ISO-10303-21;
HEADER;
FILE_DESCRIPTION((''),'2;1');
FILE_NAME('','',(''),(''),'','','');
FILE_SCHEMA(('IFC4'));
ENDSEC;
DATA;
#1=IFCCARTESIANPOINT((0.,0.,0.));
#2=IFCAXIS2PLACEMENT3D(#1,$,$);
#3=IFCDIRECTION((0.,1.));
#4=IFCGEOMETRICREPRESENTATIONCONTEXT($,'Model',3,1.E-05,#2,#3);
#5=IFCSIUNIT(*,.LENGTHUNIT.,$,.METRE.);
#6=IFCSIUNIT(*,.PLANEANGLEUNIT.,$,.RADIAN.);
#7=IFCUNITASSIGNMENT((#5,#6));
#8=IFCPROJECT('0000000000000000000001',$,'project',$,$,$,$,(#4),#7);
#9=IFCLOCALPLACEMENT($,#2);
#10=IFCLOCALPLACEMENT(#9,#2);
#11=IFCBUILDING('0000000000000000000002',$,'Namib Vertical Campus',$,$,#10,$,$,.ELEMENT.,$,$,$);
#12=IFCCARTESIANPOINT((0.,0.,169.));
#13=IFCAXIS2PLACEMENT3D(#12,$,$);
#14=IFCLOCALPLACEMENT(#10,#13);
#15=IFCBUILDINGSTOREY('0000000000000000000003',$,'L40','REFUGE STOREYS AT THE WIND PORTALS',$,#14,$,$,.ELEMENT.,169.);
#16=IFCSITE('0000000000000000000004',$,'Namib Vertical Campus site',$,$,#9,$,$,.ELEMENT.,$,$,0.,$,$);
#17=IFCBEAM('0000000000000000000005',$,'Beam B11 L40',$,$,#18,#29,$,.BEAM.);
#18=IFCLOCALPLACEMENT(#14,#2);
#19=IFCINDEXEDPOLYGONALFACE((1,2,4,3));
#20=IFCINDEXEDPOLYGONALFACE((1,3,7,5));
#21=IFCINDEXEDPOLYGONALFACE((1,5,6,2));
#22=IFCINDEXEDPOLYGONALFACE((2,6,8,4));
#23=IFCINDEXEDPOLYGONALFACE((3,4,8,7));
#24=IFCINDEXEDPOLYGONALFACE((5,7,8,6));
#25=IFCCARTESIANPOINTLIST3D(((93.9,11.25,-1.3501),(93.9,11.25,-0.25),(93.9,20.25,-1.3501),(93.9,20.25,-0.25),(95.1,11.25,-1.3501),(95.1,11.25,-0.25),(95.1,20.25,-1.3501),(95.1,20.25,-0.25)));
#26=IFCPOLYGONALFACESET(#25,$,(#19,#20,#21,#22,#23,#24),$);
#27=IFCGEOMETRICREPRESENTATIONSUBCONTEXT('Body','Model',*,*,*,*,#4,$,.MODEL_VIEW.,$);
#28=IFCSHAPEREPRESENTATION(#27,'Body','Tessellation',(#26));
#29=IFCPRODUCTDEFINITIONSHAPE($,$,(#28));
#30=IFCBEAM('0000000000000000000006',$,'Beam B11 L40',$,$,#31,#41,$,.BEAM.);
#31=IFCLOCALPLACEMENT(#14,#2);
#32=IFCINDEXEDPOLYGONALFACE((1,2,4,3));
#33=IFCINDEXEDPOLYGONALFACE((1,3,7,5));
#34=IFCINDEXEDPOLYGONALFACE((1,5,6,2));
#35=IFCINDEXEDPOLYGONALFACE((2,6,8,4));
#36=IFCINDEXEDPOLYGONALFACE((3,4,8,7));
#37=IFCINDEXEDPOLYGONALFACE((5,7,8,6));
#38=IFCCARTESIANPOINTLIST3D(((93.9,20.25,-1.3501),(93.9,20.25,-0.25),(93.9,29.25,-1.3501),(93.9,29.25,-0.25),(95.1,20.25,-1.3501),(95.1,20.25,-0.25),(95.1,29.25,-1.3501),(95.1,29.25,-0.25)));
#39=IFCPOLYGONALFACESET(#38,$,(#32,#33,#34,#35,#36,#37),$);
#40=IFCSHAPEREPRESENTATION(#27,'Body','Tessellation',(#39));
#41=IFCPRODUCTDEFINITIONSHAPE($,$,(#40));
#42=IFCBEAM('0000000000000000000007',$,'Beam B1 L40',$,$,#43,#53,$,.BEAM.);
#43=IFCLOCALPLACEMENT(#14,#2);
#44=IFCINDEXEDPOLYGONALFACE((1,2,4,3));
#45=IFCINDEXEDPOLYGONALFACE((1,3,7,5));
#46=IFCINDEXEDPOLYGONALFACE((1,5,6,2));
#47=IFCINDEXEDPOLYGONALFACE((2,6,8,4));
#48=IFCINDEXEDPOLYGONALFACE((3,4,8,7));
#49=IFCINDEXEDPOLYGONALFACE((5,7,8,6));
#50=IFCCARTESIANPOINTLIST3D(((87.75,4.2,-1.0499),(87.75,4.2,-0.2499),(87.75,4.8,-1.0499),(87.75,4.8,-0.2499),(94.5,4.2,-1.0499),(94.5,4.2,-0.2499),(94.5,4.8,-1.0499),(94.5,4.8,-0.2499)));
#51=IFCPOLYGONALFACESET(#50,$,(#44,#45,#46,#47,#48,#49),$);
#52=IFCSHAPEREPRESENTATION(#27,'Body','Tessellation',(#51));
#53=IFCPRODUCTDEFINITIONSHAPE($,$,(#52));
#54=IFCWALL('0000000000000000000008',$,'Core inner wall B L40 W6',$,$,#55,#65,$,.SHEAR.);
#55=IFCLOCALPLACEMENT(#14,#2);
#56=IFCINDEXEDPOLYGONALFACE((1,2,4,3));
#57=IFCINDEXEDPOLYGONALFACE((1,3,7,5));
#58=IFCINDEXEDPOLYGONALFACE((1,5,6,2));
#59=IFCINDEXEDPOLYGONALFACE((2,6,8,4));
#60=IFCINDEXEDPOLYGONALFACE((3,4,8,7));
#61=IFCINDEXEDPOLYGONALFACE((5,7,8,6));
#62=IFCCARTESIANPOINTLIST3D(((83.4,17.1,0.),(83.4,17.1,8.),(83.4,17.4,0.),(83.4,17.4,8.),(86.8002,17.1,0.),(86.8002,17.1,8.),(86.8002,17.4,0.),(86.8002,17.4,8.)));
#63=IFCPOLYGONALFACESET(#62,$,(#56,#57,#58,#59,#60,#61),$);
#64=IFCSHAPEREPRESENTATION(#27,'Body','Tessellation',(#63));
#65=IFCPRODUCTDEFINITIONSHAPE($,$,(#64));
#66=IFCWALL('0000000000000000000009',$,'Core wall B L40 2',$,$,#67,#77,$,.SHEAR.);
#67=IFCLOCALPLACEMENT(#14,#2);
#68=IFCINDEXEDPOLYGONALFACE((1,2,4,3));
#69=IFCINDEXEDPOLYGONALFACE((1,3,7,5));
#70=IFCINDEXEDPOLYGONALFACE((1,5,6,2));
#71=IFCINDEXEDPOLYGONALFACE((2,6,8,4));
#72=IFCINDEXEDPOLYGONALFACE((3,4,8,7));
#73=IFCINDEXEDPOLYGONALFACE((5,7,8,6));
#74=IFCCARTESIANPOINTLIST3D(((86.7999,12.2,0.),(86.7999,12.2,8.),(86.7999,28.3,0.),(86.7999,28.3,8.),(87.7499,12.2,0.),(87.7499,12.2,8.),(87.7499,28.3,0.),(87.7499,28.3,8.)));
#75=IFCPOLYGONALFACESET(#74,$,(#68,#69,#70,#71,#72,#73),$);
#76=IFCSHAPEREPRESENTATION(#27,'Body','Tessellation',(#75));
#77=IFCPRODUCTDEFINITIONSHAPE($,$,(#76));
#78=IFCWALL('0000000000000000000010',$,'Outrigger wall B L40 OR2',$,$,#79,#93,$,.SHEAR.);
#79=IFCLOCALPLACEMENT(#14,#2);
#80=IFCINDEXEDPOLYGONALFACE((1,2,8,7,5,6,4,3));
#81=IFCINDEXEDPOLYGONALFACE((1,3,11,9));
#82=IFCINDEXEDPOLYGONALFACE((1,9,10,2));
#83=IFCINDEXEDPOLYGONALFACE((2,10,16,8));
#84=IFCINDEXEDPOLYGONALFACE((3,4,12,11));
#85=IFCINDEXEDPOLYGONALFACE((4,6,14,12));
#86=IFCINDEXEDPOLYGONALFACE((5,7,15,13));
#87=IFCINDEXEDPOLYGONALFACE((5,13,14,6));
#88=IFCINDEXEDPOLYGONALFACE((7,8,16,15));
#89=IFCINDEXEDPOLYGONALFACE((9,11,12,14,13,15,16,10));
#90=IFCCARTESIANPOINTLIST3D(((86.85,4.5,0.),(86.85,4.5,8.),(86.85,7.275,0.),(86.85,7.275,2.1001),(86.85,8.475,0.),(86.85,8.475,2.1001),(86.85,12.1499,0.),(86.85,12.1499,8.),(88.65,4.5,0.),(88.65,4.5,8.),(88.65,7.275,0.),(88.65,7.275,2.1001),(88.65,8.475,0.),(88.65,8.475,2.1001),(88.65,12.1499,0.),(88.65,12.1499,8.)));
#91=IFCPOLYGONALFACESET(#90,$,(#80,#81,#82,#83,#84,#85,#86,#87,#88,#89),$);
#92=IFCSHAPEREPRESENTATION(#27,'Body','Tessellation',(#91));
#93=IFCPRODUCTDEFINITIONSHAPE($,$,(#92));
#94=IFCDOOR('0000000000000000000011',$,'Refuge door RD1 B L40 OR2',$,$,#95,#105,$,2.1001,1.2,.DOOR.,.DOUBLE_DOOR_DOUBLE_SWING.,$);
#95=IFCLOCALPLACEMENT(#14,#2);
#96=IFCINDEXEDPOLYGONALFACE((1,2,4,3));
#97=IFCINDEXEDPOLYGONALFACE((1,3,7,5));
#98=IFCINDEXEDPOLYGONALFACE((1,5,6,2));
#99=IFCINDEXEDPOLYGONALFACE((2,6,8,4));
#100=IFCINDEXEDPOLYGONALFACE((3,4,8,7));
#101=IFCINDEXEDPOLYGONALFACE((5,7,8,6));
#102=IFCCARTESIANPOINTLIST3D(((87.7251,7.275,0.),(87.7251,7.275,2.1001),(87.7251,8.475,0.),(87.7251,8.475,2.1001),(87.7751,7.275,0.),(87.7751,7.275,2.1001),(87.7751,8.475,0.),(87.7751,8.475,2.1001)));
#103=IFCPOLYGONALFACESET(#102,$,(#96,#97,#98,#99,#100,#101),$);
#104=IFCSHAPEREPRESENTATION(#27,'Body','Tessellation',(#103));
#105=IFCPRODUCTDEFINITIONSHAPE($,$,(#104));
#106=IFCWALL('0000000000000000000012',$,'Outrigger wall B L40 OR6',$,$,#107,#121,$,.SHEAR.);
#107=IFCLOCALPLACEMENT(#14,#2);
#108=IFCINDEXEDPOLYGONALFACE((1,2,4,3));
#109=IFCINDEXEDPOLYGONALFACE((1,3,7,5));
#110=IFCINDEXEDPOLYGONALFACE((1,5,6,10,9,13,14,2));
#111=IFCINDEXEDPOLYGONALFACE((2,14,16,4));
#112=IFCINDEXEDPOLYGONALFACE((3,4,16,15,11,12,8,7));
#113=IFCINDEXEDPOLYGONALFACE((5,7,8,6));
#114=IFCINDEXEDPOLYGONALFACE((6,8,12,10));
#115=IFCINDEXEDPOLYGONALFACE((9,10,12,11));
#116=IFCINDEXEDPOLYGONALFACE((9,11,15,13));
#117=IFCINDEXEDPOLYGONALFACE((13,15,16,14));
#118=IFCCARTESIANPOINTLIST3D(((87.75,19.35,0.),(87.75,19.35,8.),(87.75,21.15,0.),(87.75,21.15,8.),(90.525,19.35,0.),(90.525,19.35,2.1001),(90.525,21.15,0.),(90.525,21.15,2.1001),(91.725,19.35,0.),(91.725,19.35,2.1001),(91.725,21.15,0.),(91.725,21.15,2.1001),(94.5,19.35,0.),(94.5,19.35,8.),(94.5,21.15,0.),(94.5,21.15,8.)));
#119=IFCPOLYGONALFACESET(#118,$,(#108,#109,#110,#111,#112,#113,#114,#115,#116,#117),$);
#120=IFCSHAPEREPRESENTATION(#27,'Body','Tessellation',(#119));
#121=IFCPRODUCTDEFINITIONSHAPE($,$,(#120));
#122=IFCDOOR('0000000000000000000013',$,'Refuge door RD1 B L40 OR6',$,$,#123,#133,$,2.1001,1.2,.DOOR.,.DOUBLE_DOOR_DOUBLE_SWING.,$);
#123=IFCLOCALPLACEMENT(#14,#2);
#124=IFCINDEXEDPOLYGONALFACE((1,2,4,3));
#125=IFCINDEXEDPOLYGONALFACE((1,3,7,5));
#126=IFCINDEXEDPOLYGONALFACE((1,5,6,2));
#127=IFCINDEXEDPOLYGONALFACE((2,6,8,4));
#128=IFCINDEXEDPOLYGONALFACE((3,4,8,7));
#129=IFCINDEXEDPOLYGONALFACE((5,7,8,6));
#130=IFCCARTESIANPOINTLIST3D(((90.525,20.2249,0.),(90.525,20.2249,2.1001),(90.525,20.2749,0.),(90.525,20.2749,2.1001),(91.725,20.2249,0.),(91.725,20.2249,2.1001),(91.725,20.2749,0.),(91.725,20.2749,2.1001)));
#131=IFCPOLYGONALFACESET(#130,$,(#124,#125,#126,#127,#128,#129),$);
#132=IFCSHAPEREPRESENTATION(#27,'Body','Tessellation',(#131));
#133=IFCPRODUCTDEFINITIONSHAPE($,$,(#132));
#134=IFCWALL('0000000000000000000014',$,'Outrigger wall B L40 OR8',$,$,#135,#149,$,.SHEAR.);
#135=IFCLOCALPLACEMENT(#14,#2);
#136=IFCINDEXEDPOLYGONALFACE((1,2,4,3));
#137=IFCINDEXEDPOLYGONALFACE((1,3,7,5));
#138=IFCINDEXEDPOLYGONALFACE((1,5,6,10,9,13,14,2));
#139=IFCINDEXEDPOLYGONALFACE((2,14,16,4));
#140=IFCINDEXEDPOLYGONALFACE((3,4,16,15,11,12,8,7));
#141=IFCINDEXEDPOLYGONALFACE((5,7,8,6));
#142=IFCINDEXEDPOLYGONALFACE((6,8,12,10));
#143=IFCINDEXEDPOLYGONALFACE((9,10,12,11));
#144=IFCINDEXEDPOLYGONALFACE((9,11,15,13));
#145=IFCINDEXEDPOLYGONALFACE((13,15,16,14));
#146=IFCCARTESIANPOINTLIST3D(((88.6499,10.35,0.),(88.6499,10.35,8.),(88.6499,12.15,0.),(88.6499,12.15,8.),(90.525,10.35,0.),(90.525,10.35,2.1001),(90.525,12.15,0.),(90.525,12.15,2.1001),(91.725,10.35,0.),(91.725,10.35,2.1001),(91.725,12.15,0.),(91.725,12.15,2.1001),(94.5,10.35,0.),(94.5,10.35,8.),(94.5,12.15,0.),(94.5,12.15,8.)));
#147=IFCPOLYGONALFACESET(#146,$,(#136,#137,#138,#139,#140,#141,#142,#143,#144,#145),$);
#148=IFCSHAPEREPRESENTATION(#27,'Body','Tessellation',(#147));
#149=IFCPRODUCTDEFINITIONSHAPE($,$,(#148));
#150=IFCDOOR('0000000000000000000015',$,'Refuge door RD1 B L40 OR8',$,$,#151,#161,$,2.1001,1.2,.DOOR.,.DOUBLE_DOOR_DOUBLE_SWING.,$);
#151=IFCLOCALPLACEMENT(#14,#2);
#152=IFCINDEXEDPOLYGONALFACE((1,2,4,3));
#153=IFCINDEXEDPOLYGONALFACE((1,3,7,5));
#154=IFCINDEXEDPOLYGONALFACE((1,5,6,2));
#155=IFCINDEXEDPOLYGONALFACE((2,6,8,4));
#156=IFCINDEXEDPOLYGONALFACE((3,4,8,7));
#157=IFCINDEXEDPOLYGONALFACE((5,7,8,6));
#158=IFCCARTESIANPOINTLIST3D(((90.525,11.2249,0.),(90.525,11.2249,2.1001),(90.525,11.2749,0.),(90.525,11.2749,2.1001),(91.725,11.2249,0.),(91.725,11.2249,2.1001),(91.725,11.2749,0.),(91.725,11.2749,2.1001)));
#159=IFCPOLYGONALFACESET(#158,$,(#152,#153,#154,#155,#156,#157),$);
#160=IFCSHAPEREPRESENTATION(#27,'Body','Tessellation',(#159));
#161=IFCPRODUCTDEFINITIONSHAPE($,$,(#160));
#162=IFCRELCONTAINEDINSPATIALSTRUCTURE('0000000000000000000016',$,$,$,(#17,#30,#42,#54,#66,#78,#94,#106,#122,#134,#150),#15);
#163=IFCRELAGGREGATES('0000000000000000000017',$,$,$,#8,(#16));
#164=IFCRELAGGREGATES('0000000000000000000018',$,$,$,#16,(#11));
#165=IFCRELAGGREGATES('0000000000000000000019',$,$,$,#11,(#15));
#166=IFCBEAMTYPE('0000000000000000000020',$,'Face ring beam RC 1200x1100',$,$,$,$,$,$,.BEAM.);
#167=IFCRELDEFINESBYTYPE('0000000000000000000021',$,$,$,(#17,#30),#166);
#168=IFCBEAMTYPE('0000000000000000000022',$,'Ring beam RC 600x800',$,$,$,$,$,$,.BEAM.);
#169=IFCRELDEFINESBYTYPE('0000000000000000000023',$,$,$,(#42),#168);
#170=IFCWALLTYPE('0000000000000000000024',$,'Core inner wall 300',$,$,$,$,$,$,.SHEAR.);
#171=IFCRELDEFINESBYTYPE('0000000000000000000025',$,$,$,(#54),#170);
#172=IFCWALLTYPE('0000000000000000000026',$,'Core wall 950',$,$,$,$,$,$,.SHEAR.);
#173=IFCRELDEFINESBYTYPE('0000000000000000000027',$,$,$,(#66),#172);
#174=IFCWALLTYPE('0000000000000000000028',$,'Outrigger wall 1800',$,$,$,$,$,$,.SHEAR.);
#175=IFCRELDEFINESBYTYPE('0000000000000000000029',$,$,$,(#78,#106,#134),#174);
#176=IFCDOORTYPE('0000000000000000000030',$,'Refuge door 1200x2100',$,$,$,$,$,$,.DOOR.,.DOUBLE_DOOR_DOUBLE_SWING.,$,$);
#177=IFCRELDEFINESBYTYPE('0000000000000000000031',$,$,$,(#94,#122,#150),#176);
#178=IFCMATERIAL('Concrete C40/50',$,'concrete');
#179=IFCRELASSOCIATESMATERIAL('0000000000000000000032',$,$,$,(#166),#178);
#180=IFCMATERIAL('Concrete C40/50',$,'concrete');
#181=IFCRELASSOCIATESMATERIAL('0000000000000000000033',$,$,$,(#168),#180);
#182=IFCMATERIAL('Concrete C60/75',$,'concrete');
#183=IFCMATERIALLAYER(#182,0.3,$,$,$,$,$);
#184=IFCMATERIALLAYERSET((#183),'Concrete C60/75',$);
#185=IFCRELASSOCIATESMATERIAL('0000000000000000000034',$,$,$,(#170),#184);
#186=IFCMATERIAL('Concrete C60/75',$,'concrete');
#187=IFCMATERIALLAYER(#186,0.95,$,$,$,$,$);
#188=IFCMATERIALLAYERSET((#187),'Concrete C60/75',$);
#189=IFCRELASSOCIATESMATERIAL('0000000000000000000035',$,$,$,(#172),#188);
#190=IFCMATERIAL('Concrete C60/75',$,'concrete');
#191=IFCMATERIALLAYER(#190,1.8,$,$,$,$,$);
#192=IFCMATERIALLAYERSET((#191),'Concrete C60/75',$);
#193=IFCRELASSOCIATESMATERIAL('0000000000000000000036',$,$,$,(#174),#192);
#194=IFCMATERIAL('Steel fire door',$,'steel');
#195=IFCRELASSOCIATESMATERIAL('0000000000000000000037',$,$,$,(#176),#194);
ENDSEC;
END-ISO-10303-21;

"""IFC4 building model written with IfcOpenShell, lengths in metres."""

from ifc_helpers import new_model, si_unit, direction, frame, frame_2d, origin, origin_2d, place, context, subcontext, project, spatial, rectangle, extrude, material, layer, layer_set, material_profile, profile_set, type_object, element, fill, save


model = new_model("IFC4")

# Units and contexts
model_context = context("Model", 3, precision=1e-05, world=origin(), true_north=direction((0.0, 1.0)))
body_context = subcontext(model_context, "Body", "Model", "MODEL_VIEW")
ifc_project = project(units=[si_unit("LENGTHUNIT", "METRE"), si_unit("PLANEANGLEUNIT", "RADIAN")], contexts=[model_context])

# Site, building, storey
site_placement = place(None, origin())
site = spatial("IfcSite", under=ifc_project, at=site_placement, Name="Namib Vertical Campus site", CompositionType="ELEMENT", RefElevation=0.0)
building_placement = place(site_placement, origin())
building = spatial("IfcBuilding", under=site, at=building_placement, Name="Namib Vertical Campus", CompositionType="ELEMENT")
storey_placement = place(building_placement, frame((0.0, 0.0, 169.0)))
storey = spatial("IfcBuildingStorey", under=building, at=storey_placement, Name="L40", Description="REFUGE STOREYS AT THE WIND PORTALS", CompositionType="ELEMENT", Elevation=169.0)

# Beams
ifc_material_1 = material(Name="Concrete C40/50", Category="concrete")
ifc_material_profile_1 = material_profile(ifc_material_1, rectangle(XDim=1.2, YDim=1.1001, at=origin_2d()))
ifc_profile_set_1 = profile_set([ifc_material_profile_1], Name="Concrete C40/50")
beam_type_1 = type_object("IfcBeamType", Name="Face ring beam RC 1200x1100", PredefinedType="BEAM", material=ifc_profile_set_1)
for number, where, z_axis, x_axis, name in (
    (1, (94.5, 11.25, -0.8), (0.0, 1.0, 0.0), (-1.0, 0.0, 0.0), "Beam B11 L40"),
    (2, (94.5, 20.25, -0.8), (0.0, 1.0, 0.0), (-1.0, 0.0, 0.0), "Beam B11 L40"),
):
    element("IfcBeam", number, at=place(storey_placement, frame(where, z_axis=z_axis, x_axis=x_axis)), inside=storey, type_object=beam_type_1, Name=name, PredefinedType="BEAM", context=body_context, shape_type="SweptSolid", body=[
        extrude(rectangle(XDim=1.2, YDim=1.1001, at=origin_2d()), origin(), (0.0, 0.0, 1.0), 9.0),
    ])
ifc_material_2 = material(Name="Concrete C40/50", Category="concrete")
ifc_material_profile_2 = material_profile(ifc_material_2, rectangle(XDim=0.6001, YDim=0.8, at=origin_2d()))
ifc_profile_set_2 = profile_set([ifc_material_profile_2], Name="Concrete C40/50")
beam_type_2 = type_object("IfcBeamType", Name="Ring beam RC 600x800", PredefinedType="BEAM", material=ifc_profile_set_2)
beam_1_placement = place(storey_placement, frame((87.75, 4.5, -0.6499), z_axis=(1.0, 0.0, 0.0), x_axis=(0.0, 1.0, 0.0)))
element("IfcBeam", 3, at=beam_1_placement, inside=storey, type_object=beam_type_2, Name="Beam B1 L40", PredefinedType="BEAM", context=body_context, shape_type="SweptSolid", body=[
    extrude(rectangle(XDim=0.6001, YDim=0.8, at=origin_2d()), origin(), (0.0, 0.0, 1.0), 6.75),
])

# Walls
ifc_material_3 = material(Name="Concrete C60/75", Category="concrete")
ifc_layer_1 = layer(ifc_material_3, 0.3)
ifc_layer_set_1 = layer_set([ifc_layer_1], Name="Concrete C60/75")
wall_type_1 = type_object("IfcWallType", Name="Core inner wall 300", PredefinedType="SHEAR", material=ifc_layer_set_1)
wall_1_placement = place(storey_placement, frame((83.3999, 17.25, 0.0), z_axis=(0.0, 0.0, 1.0), x_axis=(1.0, 0.0, 0.0)))
element("IfcWall", 4, at=wall_1_placement, inside=storey, type_object=wall_type_1, Name="Core inner wall B L40 W6", PredefinedType="SHEAR", context=body_context, shape_type="SweptSolid", body=[
    extrude(rectangle(XDim=3.4001, YDim=0.3, at=frame_2d((1.7002, 0.0))), origin(), (0.0, 0.0, 1.0), 8.0),
])
ifc_material_4 = material(Name="Concrete C60/75", Category="concrete")
ifc_layer_2 = layer(ifc_material_4, 0.95)
ifc_layer_set_2 = layer_set([ifc_layer_2], Name="Concrete C60/75")
wall_type_2 = type_object("IfcWallType", Name="Core wall 950", PredefinedType="SHEAR", material=ifc_layer_set_2)
wall_2_placement = place(storey_placement, frame((87.2749, 12.2, 0.0), z_axis=(0.0, 0.0, 1.0), x_axis=(0.0, 1.0, 0.0)))
element("IfcWall", 5, at=wall_2_placement, inside=storey, type_object=wall_type_2, Name="Core wall B L40 2", PredefinedType="SHEAR", context=body_context, shape_type="SweptSolid", body=[
    extrude(rectangle(XDim=16.1001, YDim=0.95, at=frame_2d((8.05, 0.0))), origin(), (0.0, 0.0, 1.0), 8.0),
])

# Walls, openings, doors
ifc_material_5 = material(Name="Concrete C60/75", Category="concrete")
ifc_layer_3 = layer(ifc_material_5, 1.8)
ifc_layer_set_3 = layer_set([ifc_layer_3], Name="Concrete C60/75")
wall_type_3 = type_object("IfcWallType", Name="Outrigger wall 1800", PredefinedType="SHEAR", material=ifc_layer_set_3)
wall_3_placement = place(storey_placement, frame((87.75, 4.5, 0.0), z_axis=(0.0, 0.0, 1.0), x_axis=(0.0, 1.0, 0.0)))
wall_3 = element("IfcWall", 6, at=wall_3_placement, inside=storey, type_object=wall_type_3, Name="Outrigger wall B L40 OR2", PredefinedType="SHEAR", context=body_context, shape_type="SweptSolid", body=[
    extrude(rectangle(XDim=7.6499, YDim=1.8, at=frame_2d((3.825, 0.0))), origin(), (0.0, 0.0, 1.0), 8.0),
])
opening_1_placement = place(wall_3_placement, frame((2.7749, 0.0, 0.0)))
opening_1 = element("IfcOpeningElement", 7, at=opening_1_placement, cuts=wall_3, PredefinedType="OPENING", context=body_context, shape_type="SweptSolid", body=[
    extrude(rectangle(XDim=1.2, YDim=2.1001, at=frame_2d((0.6001, 1.05))), frame((0.0, 0.9099, 0.0), z_axis=(0.0, -1.0, 0.0), x_axis=(1.0, 0.0, 0.0)), (0.0, 0.0, 1.0), 1.8201),
])
ifc_material_6 = material(Name="Steel fire door", Category="steel")
door_type = type_object("IfcDoorType", Name="Refuge door 1200x2100", OperationType="DOUBLE_DOOR_DOUBLE_SWING", PredefinedType="DOOR", material=ifc_material_6)
door_1_placement = place(opening_1_placement, origin())
door_1 = element("IfcDoor", 8, at=door_1_placement, inside=storey, type_object=door_type, Name="Refuge door RD1 B L40 OR2", OperationType="DOUBLE_DOOR_DOUBLE_SWING", OverallHeight=2.1001, OverallWidth=1.2, PredefinedType="DOOR", context=body_context, shape_type="SweptSolid", body=[
    extrude(rectangle(XDim=1.2, YDim=2.1001, at=frame_2d((0.6001, 1.05))), frame((0.0, 0.0249, 0.0), z_axis=(0.0, -1.0, 0.0), x_axis=(1.0, 0.0, 0.0)), (0.0, 0.0, 1.0), 0.05),
])
fill(opening_1, door_1)
wall_4_placement = place(storey_placement, frame((87.75, 20.25, 0.0), z_axis=(0.0, 0.0, 1.0), x_axis=(1.0, 0.0, 0.0)))
wall_4 = element("IfcWall", 9, at=wall_4_placement, inside=storey, type_object=wall_type_3, Name="Outrigger wall B L40 OR6", PredefinedType="SHEAR", context=body_context, shape_type="SweptSolid", body=[
    extrude(rectangle(XDim=6.75, YDim=1.8, at=frame_2d((3.375, 0.0))), origin(), (0.0, 0.0, 1.0), 8.0),
])
opening_2_placement = place(wall_4_placement, frame((2.7749, 0.0, 0.0)))
opening_2 = element("IfcOpeningElement", 10, at=opening_2_placement, cuts=wall_4, PredefinedType="OPENING", context=body_context, shape_type="SweptSolid", body=[
    extrude(rectangle(XDim=1.2, YDim=2.1001, at=frame_2d((0.6001, 1.05))), frame((0.0, 0.9099, 0.0), z_axis=(0.0, -1.0, 0.0), x_axis=(1.0, 0.0, 0.0)), (0.0, 0.0, 1.0), 1.8201),
])
door_2_placement = place(opening_2_placement, origin())
door_2 = element("IfcDoor", 11, at=door_2_placement, inside=storey, type_object=door_type, Name="Refuge door RD1 B L40 OR6", OperationType="DOUBLE_DOOR_DOUBLE_SWING", OverallHeight=2.1001, OverallWidth=1.2, PredefinedType="DOOR", context=body_context, shape_type="SweptSolid", body=[
    extrude(rectangle(XDim=1.2, YDim=2.1001, at=frame_2d((0.6001, 1.05))), frame((0.0, 0.0249, 0.0), z_axis=(0.0, -1.0, 0.0), x_axis=(1.0, 0.0, 0.0)), (0.0, 0.0, 1.0), 0.05),
])
fill(opening_2, door_2)
wall_5_placement = place(storey_placement, frame((88.6499, 11.25, 0.0), z_axis=(0.0, 0.0, 1.0), x_axis=(1.0, 0.0, 0.0)))
wall_5 = element("IfcWall", 12, at=wall_5_placement, inside=storey, type_object=wall_type_3, Name="Outrigger wall B L40 OR8", PredefinedType="SHEAR", context=body_context, shape_type="SweptSolid", body=[
    extrude(rectangle(XDim=5.8501, YDim=1.8, at=frame_2d((2.925, 0.0))), origin(), (0.0, 0.0, 1.0), 8.0),
])
opening_3_placement = place(wall_5_placement, frame((1.875, 0.0, 0.0)))
opening_3 = element("IfcOpeningElement", 13, at=opening_3_placement, cuts=wall_5, PredefinedType="OPENING", context=body_context, shape_type="SweptSolid", body=[
    extrude(rectangle(XDim=1.2, YDim=2.1001, at=frame_2d((0.6001, 1.05))), frame((0.0, 0.9099, 0.0), z_axis=(0.0, -1.0, 0.0), x_axis=(1.0, 0.0, 0.0)), (0.0, 0.0, 1.0), 1.8201),
])
door_3_placement = place(opening_3_placement, origin())
door_3 = element("IfcDoor", 14, at=door_3_placement, inside=storey, type_object=door_type, Name="Refuge door RD1 B L40 OR8", OperationType="DOUBLE_DOOR_DOUBLE_SWING", OverallHeight=2.1001, OverallWidth=1.2, PredefinedType="DOOR", context=body_context, shape_type="SweptSolid", body=[
    extrude(rectangle(XDim=1.2, YDim=2.1001, at=frame_2d((0.6001, 1.05))), frame((0.0, 0.0249, 0.0), z_axis=(0.0, -1.0, 0.0), x_axis=(1.0, 0.0, 0.0)), (0.0, 0.0, 1.0), 0.05),
])
fill(opening_3, door_3)

save(model, "model.ifc")
